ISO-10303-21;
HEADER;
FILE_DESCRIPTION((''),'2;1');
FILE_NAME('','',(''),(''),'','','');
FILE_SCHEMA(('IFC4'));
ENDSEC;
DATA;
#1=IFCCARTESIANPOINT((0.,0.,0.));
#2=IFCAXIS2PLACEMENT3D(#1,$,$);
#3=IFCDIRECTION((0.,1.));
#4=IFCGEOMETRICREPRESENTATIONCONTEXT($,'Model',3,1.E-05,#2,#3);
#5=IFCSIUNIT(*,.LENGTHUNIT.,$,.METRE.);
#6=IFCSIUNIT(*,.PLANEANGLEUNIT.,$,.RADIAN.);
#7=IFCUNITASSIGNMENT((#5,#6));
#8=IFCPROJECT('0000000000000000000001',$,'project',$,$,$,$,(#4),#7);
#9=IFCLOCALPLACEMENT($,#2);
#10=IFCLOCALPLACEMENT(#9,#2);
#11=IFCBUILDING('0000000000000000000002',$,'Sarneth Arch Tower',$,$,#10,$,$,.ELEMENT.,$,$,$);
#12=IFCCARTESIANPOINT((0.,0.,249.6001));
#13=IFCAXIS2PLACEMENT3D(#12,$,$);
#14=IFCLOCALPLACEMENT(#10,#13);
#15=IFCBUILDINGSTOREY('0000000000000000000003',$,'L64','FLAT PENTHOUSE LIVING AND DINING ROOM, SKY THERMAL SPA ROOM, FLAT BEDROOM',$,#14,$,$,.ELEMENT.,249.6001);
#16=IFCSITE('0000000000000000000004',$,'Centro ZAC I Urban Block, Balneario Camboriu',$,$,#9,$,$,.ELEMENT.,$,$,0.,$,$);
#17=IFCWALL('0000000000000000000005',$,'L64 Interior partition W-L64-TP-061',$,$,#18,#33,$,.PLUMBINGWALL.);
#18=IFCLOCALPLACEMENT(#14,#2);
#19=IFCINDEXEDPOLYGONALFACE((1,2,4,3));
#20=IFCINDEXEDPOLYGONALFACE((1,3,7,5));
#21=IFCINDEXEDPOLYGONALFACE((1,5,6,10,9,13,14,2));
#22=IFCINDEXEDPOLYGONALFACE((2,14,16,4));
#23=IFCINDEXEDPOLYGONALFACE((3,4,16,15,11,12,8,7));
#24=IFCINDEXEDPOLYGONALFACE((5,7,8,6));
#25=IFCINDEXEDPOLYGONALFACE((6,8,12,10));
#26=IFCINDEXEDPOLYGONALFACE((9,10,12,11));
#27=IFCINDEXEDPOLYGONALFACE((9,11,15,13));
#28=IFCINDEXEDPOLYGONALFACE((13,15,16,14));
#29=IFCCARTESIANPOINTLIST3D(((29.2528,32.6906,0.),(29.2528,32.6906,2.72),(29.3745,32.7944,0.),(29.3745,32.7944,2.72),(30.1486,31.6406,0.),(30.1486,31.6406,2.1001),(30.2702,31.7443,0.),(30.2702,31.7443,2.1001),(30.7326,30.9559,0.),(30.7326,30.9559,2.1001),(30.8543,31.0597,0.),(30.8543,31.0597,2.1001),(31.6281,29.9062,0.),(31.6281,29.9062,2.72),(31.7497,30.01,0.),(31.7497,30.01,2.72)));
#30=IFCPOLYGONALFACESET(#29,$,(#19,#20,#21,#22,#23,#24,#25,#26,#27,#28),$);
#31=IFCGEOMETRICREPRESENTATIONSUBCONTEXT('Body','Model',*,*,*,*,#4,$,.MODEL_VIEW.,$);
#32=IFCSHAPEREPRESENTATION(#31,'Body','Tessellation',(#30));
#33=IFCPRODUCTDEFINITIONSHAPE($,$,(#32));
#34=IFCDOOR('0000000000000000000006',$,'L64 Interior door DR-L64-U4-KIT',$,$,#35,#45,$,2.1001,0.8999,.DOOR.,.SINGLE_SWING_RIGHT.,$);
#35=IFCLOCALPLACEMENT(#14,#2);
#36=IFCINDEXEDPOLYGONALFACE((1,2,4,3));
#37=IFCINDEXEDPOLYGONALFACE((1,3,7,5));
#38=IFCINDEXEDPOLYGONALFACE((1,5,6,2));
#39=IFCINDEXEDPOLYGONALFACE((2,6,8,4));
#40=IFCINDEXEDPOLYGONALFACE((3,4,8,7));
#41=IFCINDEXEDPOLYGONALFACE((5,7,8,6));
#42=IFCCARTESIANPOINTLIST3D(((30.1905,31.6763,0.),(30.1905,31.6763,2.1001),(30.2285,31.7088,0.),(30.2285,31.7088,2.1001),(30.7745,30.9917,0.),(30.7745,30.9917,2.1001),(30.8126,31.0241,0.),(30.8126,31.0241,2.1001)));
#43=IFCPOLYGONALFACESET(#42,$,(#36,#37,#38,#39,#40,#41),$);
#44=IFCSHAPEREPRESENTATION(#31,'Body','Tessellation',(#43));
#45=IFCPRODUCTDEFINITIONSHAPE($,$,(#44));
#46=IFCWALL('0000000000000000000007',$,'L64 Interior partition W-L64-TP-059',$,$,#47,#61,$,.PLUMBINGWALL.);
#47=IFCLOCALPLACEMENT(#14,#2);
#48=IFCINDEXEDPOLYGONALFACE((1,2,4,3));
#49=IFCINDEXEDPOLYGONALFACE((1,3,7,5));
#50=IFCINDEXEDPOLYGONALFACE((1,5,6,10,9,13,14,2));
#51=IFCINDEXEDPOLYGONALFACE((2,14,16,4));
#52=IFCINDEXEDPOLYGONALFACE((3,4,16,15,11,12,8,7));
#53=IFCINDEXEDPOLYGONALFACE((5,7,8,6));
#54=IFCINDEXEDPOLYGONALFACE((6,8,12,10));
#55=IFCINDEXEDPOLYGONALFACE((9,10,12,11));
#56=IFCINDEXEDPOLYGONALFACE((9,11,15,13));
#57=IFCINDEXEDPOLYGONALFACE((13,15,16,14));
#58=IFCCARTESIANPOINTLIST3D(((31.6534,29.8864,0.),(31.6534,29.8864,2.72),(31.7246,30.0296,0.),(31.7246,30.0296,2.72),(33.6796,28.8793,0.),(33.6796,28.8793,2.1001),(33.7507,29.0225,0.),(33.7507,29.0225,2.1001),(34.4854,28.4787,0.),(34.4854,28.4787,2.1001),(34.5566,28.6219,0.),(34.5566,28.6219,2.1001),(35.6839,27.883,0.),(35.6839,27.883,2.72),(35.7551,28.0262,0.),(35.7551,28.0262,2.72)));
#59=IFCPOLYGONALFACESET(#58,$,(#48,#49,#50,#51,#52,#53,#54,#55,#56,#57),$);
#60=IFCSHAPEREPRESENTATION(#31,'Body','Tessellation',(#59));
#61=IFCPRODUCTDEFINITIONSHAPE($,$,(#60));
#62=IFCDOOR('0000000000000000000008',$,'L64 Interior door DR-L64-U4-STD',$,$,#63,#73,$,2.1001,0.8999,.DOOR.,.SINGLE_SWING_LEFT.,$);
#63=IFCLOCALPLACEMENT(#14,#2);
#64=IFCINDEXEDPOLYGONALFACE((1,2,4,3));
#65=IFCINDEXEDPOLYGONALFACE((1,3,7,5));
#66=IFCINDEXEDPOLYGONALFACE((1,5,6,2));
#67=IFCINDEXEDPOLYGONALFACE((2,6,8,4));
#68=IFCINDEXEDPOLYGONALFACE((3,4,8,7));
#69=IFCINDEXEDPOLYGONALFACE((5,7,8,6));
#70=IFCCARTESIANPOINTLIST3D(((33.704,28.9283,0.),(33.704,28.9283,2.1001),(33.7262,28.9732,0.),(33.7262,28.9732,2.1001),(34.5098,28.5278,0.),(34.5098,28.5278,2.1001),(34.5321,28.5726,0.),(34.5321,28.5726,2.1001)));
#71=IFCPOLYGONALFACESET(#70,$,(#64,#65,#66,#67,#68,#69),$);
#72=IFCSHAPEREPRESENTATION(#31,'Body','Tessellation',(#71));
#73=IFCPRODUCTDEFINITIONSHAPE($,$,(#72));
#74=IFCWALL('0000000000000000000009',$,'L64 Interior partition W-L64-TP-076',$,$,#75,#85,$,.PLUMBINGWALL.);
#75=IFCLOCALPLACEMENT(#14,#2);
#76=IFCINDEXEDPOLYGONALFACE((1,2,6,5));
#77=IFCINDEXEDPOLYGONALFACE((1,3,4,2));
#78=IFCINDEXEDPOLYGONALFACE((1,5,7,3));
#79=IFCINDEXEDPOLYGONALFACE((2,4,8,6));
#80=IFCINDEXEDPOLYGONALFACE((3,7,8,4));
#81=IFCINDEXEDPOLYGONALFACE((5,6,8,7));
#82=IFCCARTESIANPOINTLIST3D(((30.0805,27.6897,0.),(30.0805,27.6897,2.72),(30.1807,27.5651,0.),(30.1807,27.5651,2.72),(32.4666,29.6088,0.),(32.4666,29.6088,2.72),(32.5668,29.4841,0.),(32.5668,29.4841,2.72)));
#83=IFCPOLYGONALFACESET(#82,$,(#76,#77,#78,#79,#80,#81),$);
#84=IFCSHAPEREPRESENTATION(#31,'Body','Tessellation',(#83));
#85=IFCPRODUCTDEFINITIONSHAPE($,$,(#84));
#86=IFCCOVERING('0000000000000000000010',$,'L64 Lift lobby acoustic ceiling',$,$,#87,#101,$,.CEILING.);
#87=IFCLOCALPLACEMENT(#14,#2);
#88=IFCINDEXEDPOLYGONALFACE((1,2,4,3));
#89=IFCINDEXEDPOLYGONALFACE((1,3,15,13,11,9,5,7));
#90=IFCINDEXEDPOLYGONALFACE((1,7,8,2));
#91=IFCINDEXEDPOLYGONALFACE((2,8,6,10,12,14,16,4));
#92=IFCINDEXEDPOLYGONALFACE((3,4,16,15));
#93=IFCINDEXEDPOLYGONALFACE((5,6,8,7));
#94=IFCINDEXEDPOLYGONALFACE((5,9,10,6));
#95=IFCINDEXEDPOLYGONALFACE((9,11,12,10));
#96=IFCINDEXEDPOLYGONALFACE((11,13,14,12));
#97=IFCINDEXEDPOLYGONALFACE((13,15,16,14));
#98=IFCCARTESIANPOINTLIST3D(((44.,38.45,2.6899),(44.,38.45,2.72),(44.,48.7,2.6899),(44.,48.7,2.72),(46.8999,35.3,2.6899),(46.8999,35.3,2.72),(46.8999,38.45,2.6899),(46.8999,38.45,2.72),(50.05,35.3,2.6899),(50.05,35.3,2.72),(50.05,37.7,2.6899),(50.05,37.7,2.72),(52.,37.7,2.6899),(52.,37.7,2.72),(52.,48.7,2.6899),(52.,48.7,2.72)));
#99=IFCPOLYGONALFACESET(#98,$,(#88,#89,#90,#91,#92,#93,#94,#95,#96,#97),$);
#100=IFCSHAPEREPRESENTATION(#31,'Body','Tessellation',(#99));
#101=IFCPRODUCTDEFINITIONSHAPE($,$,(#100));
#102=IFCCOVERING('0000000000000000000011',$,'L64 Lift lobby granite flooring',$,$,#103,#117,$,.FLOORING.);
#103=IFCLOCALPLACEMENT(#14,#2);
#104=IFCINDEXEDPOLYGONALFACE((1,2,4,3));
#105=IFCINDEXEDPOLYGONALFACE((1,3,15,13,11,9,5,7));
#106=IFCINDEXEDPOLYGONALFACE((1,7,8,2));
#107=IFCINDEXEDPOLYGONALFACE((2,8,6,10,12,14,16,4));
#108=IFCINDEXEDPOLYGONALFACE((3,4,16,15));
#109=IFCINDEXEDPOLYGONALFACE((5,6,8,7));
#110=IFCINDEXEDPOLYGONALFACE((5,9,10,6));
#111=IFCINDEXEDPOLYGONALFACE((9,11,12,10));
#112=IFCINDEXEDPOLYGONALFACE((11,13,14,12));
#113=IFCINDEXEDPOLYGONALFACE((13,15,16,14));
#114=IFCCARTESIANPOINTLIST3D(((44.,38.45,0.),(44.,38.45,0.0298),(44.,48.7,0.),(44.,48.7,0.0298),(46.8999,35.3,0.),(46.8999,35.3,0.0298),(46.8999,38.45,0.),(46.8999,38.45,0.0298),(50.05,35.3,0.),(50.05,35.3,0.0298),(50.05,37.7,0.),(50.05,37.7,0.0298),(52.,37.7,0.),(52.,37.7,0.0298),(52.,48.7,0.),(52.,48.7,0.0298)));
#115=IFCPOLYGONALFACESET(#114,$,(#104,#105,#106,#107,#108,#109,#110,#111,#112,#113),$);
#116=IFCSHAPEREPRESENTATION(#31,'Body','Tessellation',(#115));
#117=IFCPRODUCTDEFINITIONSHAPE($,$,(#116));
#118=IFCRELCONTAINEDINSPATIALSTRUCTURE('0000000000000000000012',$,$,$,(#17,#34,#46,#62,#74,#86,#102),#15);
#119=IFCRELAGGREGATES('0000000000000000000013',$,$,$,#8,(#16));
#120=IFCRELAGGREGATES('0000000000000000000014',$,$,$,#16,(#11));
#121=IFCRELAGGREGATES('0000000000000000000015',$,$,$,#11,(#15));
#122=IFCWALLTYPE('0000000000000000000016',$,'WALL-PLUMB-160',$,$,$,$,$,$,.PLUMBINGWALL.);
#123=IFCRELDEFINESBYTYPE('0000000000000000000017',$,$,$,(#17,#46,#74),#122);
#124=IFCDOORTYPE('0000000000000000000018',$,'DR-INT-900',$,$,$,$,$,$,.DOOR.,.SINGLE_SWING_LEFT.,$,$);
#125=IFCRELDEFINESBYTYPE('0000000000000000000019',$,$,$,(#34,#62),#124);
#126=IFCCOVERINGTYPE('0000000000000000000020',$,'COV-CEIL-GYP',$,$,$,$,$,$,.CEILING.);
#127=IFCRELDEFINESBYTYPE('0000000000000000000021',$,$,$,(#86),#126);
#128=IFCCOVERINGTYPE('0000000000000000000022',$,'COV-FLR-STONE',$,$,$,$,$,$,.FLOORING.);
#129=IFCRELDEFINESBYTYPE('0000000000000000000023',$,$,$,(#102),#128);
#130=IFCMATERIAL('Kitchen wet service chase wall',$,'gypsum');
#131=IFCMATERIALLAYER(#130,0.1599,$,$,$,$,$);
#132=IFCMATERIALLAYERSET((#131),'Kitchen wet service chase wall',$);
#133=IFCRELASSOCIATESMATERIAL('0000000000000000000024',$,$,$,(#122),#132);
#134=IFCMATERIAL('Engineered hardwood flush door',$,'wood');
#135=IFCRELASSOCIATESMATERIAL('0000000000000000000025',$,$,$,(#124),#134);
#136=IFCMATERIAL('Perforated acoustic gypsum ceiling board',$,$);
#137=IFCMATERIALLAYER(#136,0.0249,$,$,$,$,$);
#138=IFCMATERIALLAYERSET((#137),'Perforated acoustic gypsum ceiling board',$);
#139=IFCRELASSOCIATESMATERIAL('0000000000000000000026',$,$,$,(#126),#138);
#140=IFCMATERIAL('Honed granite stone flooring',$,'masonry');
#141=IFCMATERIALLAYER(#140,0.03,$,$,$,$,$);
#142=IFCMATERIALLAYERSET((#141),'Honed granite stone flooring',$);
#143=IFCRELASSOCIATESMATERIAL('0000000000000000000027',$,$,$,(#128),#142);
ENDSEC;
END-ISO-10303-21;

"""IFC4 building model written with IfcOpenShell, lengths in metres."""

from ifc_helpers import new_model, si_unit, direction, frame, frame_2d, origin, place, context, subcontext, project, spatial, polyline, rectangle, outline, extrude, material, layer, layer_set, type_object, element, fill, save


model = new_model("IFC4")

# Units and contexts
model_context = context("Model", 3, precision=1e-05, world=origin(), true_north=direction((0.0, 1.0)))
body_context = subcontext(model_context, "Body", "Model", "MODEL_VIEW")
ifc_project = project(units=[si_unit("LENGTHUNIT", "METRE"), si_unit("PLANEANGLEUNIT", "RADIAN")], contexts=[model_context])

# Site, building, storey
site_placement = place(None, origin())
site = spatial("IfcSite", under=ifc_project, at=site_placement, Name="Centro ZAC I Urban Block, Balneario Camboriu", CompositionType="ELEMENT", RefElevation=0.0)
building_placement = place(site_placement, origin())
building = spatial("IfcBuilding", under=site, at=building_placement, Name="Sarneth Arch Tower", CompositionType="ELEMENT")
storey_placement = place(building_placement, frame((0.0, 0.0, 249.6001)))
storey = spatial("IfcBuildingStorey", under=building, at=storey_placement, Name="L64", Description="FLAT PENTHOUSE LIVING AND DINING ROOM, SKY THERMAL SPA ROOM, FLAT BEDROOM", CompositionType="ELEMENT", Elevation=249.6001)

# Walls, openings, doors
ifc_material_1 = material(Name="Kitchen wet service chase wall", Category="gypsum")
ifc_layer_1 = layer(ifc_material_1, 0.1599)
ifc_layer_set_1 = layer_set([ifc_layer_1], Name="Kitchen wet service chase wall")
wall_type_1 = type_object("IfcWallType", Name="WALL-PLUMB-160", PredefinedType="PLUMBINGWALL", material=ifc_layer_set_1)
wall_1_placement = place(storey_placement, frame((31.689, 29.958, 0.0), z_axis=(0.0, 0.0, 1.0), x_axis=(-0.648993, 0.760794, 0.0)))
wall_1 = element("IfcWall", 1, at=wall_1_placement, inside=storey, type_object=wall_type_1, Name="L64 Interior partition W-L64-TP-061", PredefinedType="PLUMBINGWALL", context=body_context, shape_type="SweptSolid", body=[
    extrude(rectangle(XDim=3.6599, YDim=0.1599, at=frame_2d((1.8301, 0.0))), origin(), (0.0, 0.0, 1.0), 2.72),
])
opening_1_placement = place(wall_1_placement, frame((1.3799, 0.0, 0.0)))
opening_1 = element("IfcOpeningElement", 2, at=opening_1_placement, cuts=wall_1, PredefinedType="OPENING", context=body_context, shape_type="SweptSolid", body=[
    extrude(rectangle(XDim=0.8999, YDim=2.1001, at=frame_2d((0.45, 1.05))), frame((0.0, 0.0898, 0.0), z_axis=(0.0, -1.0, 0.0), x_axis=(1.0, 0.0, 0.0)), (0.0, 0.0, 1.0), 0.1799),
])
ifc_material_2 = material(Name="Engineered hardwood flush door", Category="wood")
door_type = type_object("IfcDoorType", Name="DR-INT-900", OperationType="SINGLE_SWING_LEFT", PredefinedType="DOOR", material=ifc_material_2)
door_1_placement = place(opening_1_placement, origin())
door_1 = element("IfcDoor", 3, at=door_1_placement, inside=storey, type_object=door_type, Name="L64 Interior door DR-L64-U4-KIT", OperationType="SINGLE_SWING_RIGHT", OverallHeight=2.1001, OverallWidth=0.8999, PredefinedType="DOOR", context=body_context, shape_type="SweptSolid", body=[
    extrude(rectangle(XDim=0.8999, YDim=2.1001, at=frame_2d((0.45, 1.05))), frame((0.0, 0.0249, 0.0), z_axis=(0.0, -1.0, 0.0), x_axis=(1.0, 0.0, 0.0)), (0.0, 0.0, 1.0), 0.05),
])
fill(opening_1, door_1)
wall_2_placement = place(storey_placement, frame((31.689, 29.958, 0.0), z_axis=(0.0, 0.0, 1.0), x_axis=(0.895477, -0.445108, 0.0)))
wall_2 = element("IfcWall", 4, at=wall_2_placement, inside=storey, type_object=wall_type_1, Name="L64 Interior partition W-L64-TP-059", PredefinedType="PLUMBINGWALL", context=body_context, shape_type="SweptSolid", body=[
    extrude(rectangle(XDim=4.501, YDim=0.1599, at=frame_2d((2.2505, 0.0))), origin(), (0.0, 0.0, 1.0), 2.72),
])
opening_2_placement = place(wall_2_placement, frame((2.2627, 0.0, 0.0)))
opening_2 = element("IfcOpeningElement", 5, at=opening_2_placement, cuts=wall_2, PredefinedType="OPENING", context=body_context, shape_type="SweptSolid", body=[
    extrude(rectangle(XDim=0.8999, YDim=2.1001, at=frame_2d((0.45, 1.05))), frame((0.0, 0.0898, 0.0), z_axis=(0.0, -1.0, 0.0), x_axis=(1.0, 0.0, 0.0)), (0.0, 0.0, 1.0), 0.1799),
])
door_2_placement = place(opening_2_placement, origin())
door_2 = element("IfcDoor", 6, at=door_2_placement, inside=storey, type_object=door_type, Name="L64 Interior door DR-L64-U4-STD", OperationType="SINGLE_SWING_LEFT", OverallHeight=2.1001, OverallWidth=0.8999, PredefinedType="DOOR", context=body_context, shape_type="SweptSolid", body=[
    extrude(rectangle(XDim=0.8999, YDim=2.1001, at=frame_2d((0.45, 1.05))), frame((0.0, 0.0249, 0.0), z_axis=(0.0, -1.0, 0.0), x_axis=(1.0, 0.0, 0.0)), (0.0, 0.0, 1.0), 0.05),
])
fill(opening_2, door_2)

# Wall
wall_3_placement = place(storey_placement, frame((30.1306, 27.6274, 0.0), z_axis=(0.0, 0.0, 1.0), x_axis=(0.779248, 0.626715, 0.0)))
element("IfcWall", 7, at=wall_3_placement, inside=storey, type_object=wall_type_1, Name="L64 Interior partition W-L64-TP-076", PredefinedType="PLUMBINGWALL", context=body_context, shape_type="SweptSolid", body=[
    extrude(rectangle(XDim=3.062, YDim=0.1599, at=frame_2d((1.531, 0.0))), origin(), (0.0, 0.0, 1.0), 2.72),
])

# Coverings
ifc_material_3 = material(Name="Perforated acoustic gypsum ceiling board")
ifc_layer_2 = layer(ifc_material_3, 0.0249)
ifc_layer_set_2 = layer_set([ifc_layer_2], Name="Perforated acoustic gypsum ceiling board")
covering_type_1 = type_object("IfcCoveringType", Name="COV-CEIL-GYP", PredefinedType="CEILING", material=ifc_layer_set_2)
covering_1_placement = place(storey_placement, frame((0.0, 0.0, 2.6899)))
element("IfcCovering", 8, at=covering_1_placement, inside=storey, type_object=covering_type_1, Name="L64 Lift lobby acoustic ceiling", PredefinedType="CEILING", context=body_context, shape_type="SweptSolid", body=[
    extrude(outline(polyline([(52.0, 37.7), (50.05, 37.7), (50.05, 35.3), (46.8999, 35.3), (46.8999, 38.45), (44.0, 38.45), (44.0, 48.7), (52.0, 48.7), (52.0, 37.7)])), origin(), (0.0, 0.0, 1.0), 0.03),
])
ifc_material_4 = material(Name="Honed granite stone flooring", Category="masonry")
ifc_layer_3 = layer(ifc_material_4, 0.03)
ifc_layer_set_3 = layer_set([ifc_layer_3], Name="Honed granite stone flooring")
covering_type_2 = type_object("IfcCoveringType", Name="COV-FLR-STONE", PredefinedType="FLOORING", material=ifc_layer_set_3)
covering_2_placement = place(storey_placement, origin())
element("IfcCovering", 9, at=covering_2_placement, inside=storey, type_object=covering_type_2, Name="L64 Lift lobby granite flooring", PredefinedType="FLOORING", context=body_context, shape_type="SweptSolid", body=[
    extrude(outline(polyline([(52.0, 37.7), (50.05, 37.7), (50.05, 35.3), (46.8999, 35.3), (46.8999, 38.45), (44.0, 38.45), (44.0, 48.7), (52.0, 48.7), (52.0, 37.7)])), origin(), (0.0, 0.0, 1.0), 0.0298),
])

save(model, "model.ifc")
